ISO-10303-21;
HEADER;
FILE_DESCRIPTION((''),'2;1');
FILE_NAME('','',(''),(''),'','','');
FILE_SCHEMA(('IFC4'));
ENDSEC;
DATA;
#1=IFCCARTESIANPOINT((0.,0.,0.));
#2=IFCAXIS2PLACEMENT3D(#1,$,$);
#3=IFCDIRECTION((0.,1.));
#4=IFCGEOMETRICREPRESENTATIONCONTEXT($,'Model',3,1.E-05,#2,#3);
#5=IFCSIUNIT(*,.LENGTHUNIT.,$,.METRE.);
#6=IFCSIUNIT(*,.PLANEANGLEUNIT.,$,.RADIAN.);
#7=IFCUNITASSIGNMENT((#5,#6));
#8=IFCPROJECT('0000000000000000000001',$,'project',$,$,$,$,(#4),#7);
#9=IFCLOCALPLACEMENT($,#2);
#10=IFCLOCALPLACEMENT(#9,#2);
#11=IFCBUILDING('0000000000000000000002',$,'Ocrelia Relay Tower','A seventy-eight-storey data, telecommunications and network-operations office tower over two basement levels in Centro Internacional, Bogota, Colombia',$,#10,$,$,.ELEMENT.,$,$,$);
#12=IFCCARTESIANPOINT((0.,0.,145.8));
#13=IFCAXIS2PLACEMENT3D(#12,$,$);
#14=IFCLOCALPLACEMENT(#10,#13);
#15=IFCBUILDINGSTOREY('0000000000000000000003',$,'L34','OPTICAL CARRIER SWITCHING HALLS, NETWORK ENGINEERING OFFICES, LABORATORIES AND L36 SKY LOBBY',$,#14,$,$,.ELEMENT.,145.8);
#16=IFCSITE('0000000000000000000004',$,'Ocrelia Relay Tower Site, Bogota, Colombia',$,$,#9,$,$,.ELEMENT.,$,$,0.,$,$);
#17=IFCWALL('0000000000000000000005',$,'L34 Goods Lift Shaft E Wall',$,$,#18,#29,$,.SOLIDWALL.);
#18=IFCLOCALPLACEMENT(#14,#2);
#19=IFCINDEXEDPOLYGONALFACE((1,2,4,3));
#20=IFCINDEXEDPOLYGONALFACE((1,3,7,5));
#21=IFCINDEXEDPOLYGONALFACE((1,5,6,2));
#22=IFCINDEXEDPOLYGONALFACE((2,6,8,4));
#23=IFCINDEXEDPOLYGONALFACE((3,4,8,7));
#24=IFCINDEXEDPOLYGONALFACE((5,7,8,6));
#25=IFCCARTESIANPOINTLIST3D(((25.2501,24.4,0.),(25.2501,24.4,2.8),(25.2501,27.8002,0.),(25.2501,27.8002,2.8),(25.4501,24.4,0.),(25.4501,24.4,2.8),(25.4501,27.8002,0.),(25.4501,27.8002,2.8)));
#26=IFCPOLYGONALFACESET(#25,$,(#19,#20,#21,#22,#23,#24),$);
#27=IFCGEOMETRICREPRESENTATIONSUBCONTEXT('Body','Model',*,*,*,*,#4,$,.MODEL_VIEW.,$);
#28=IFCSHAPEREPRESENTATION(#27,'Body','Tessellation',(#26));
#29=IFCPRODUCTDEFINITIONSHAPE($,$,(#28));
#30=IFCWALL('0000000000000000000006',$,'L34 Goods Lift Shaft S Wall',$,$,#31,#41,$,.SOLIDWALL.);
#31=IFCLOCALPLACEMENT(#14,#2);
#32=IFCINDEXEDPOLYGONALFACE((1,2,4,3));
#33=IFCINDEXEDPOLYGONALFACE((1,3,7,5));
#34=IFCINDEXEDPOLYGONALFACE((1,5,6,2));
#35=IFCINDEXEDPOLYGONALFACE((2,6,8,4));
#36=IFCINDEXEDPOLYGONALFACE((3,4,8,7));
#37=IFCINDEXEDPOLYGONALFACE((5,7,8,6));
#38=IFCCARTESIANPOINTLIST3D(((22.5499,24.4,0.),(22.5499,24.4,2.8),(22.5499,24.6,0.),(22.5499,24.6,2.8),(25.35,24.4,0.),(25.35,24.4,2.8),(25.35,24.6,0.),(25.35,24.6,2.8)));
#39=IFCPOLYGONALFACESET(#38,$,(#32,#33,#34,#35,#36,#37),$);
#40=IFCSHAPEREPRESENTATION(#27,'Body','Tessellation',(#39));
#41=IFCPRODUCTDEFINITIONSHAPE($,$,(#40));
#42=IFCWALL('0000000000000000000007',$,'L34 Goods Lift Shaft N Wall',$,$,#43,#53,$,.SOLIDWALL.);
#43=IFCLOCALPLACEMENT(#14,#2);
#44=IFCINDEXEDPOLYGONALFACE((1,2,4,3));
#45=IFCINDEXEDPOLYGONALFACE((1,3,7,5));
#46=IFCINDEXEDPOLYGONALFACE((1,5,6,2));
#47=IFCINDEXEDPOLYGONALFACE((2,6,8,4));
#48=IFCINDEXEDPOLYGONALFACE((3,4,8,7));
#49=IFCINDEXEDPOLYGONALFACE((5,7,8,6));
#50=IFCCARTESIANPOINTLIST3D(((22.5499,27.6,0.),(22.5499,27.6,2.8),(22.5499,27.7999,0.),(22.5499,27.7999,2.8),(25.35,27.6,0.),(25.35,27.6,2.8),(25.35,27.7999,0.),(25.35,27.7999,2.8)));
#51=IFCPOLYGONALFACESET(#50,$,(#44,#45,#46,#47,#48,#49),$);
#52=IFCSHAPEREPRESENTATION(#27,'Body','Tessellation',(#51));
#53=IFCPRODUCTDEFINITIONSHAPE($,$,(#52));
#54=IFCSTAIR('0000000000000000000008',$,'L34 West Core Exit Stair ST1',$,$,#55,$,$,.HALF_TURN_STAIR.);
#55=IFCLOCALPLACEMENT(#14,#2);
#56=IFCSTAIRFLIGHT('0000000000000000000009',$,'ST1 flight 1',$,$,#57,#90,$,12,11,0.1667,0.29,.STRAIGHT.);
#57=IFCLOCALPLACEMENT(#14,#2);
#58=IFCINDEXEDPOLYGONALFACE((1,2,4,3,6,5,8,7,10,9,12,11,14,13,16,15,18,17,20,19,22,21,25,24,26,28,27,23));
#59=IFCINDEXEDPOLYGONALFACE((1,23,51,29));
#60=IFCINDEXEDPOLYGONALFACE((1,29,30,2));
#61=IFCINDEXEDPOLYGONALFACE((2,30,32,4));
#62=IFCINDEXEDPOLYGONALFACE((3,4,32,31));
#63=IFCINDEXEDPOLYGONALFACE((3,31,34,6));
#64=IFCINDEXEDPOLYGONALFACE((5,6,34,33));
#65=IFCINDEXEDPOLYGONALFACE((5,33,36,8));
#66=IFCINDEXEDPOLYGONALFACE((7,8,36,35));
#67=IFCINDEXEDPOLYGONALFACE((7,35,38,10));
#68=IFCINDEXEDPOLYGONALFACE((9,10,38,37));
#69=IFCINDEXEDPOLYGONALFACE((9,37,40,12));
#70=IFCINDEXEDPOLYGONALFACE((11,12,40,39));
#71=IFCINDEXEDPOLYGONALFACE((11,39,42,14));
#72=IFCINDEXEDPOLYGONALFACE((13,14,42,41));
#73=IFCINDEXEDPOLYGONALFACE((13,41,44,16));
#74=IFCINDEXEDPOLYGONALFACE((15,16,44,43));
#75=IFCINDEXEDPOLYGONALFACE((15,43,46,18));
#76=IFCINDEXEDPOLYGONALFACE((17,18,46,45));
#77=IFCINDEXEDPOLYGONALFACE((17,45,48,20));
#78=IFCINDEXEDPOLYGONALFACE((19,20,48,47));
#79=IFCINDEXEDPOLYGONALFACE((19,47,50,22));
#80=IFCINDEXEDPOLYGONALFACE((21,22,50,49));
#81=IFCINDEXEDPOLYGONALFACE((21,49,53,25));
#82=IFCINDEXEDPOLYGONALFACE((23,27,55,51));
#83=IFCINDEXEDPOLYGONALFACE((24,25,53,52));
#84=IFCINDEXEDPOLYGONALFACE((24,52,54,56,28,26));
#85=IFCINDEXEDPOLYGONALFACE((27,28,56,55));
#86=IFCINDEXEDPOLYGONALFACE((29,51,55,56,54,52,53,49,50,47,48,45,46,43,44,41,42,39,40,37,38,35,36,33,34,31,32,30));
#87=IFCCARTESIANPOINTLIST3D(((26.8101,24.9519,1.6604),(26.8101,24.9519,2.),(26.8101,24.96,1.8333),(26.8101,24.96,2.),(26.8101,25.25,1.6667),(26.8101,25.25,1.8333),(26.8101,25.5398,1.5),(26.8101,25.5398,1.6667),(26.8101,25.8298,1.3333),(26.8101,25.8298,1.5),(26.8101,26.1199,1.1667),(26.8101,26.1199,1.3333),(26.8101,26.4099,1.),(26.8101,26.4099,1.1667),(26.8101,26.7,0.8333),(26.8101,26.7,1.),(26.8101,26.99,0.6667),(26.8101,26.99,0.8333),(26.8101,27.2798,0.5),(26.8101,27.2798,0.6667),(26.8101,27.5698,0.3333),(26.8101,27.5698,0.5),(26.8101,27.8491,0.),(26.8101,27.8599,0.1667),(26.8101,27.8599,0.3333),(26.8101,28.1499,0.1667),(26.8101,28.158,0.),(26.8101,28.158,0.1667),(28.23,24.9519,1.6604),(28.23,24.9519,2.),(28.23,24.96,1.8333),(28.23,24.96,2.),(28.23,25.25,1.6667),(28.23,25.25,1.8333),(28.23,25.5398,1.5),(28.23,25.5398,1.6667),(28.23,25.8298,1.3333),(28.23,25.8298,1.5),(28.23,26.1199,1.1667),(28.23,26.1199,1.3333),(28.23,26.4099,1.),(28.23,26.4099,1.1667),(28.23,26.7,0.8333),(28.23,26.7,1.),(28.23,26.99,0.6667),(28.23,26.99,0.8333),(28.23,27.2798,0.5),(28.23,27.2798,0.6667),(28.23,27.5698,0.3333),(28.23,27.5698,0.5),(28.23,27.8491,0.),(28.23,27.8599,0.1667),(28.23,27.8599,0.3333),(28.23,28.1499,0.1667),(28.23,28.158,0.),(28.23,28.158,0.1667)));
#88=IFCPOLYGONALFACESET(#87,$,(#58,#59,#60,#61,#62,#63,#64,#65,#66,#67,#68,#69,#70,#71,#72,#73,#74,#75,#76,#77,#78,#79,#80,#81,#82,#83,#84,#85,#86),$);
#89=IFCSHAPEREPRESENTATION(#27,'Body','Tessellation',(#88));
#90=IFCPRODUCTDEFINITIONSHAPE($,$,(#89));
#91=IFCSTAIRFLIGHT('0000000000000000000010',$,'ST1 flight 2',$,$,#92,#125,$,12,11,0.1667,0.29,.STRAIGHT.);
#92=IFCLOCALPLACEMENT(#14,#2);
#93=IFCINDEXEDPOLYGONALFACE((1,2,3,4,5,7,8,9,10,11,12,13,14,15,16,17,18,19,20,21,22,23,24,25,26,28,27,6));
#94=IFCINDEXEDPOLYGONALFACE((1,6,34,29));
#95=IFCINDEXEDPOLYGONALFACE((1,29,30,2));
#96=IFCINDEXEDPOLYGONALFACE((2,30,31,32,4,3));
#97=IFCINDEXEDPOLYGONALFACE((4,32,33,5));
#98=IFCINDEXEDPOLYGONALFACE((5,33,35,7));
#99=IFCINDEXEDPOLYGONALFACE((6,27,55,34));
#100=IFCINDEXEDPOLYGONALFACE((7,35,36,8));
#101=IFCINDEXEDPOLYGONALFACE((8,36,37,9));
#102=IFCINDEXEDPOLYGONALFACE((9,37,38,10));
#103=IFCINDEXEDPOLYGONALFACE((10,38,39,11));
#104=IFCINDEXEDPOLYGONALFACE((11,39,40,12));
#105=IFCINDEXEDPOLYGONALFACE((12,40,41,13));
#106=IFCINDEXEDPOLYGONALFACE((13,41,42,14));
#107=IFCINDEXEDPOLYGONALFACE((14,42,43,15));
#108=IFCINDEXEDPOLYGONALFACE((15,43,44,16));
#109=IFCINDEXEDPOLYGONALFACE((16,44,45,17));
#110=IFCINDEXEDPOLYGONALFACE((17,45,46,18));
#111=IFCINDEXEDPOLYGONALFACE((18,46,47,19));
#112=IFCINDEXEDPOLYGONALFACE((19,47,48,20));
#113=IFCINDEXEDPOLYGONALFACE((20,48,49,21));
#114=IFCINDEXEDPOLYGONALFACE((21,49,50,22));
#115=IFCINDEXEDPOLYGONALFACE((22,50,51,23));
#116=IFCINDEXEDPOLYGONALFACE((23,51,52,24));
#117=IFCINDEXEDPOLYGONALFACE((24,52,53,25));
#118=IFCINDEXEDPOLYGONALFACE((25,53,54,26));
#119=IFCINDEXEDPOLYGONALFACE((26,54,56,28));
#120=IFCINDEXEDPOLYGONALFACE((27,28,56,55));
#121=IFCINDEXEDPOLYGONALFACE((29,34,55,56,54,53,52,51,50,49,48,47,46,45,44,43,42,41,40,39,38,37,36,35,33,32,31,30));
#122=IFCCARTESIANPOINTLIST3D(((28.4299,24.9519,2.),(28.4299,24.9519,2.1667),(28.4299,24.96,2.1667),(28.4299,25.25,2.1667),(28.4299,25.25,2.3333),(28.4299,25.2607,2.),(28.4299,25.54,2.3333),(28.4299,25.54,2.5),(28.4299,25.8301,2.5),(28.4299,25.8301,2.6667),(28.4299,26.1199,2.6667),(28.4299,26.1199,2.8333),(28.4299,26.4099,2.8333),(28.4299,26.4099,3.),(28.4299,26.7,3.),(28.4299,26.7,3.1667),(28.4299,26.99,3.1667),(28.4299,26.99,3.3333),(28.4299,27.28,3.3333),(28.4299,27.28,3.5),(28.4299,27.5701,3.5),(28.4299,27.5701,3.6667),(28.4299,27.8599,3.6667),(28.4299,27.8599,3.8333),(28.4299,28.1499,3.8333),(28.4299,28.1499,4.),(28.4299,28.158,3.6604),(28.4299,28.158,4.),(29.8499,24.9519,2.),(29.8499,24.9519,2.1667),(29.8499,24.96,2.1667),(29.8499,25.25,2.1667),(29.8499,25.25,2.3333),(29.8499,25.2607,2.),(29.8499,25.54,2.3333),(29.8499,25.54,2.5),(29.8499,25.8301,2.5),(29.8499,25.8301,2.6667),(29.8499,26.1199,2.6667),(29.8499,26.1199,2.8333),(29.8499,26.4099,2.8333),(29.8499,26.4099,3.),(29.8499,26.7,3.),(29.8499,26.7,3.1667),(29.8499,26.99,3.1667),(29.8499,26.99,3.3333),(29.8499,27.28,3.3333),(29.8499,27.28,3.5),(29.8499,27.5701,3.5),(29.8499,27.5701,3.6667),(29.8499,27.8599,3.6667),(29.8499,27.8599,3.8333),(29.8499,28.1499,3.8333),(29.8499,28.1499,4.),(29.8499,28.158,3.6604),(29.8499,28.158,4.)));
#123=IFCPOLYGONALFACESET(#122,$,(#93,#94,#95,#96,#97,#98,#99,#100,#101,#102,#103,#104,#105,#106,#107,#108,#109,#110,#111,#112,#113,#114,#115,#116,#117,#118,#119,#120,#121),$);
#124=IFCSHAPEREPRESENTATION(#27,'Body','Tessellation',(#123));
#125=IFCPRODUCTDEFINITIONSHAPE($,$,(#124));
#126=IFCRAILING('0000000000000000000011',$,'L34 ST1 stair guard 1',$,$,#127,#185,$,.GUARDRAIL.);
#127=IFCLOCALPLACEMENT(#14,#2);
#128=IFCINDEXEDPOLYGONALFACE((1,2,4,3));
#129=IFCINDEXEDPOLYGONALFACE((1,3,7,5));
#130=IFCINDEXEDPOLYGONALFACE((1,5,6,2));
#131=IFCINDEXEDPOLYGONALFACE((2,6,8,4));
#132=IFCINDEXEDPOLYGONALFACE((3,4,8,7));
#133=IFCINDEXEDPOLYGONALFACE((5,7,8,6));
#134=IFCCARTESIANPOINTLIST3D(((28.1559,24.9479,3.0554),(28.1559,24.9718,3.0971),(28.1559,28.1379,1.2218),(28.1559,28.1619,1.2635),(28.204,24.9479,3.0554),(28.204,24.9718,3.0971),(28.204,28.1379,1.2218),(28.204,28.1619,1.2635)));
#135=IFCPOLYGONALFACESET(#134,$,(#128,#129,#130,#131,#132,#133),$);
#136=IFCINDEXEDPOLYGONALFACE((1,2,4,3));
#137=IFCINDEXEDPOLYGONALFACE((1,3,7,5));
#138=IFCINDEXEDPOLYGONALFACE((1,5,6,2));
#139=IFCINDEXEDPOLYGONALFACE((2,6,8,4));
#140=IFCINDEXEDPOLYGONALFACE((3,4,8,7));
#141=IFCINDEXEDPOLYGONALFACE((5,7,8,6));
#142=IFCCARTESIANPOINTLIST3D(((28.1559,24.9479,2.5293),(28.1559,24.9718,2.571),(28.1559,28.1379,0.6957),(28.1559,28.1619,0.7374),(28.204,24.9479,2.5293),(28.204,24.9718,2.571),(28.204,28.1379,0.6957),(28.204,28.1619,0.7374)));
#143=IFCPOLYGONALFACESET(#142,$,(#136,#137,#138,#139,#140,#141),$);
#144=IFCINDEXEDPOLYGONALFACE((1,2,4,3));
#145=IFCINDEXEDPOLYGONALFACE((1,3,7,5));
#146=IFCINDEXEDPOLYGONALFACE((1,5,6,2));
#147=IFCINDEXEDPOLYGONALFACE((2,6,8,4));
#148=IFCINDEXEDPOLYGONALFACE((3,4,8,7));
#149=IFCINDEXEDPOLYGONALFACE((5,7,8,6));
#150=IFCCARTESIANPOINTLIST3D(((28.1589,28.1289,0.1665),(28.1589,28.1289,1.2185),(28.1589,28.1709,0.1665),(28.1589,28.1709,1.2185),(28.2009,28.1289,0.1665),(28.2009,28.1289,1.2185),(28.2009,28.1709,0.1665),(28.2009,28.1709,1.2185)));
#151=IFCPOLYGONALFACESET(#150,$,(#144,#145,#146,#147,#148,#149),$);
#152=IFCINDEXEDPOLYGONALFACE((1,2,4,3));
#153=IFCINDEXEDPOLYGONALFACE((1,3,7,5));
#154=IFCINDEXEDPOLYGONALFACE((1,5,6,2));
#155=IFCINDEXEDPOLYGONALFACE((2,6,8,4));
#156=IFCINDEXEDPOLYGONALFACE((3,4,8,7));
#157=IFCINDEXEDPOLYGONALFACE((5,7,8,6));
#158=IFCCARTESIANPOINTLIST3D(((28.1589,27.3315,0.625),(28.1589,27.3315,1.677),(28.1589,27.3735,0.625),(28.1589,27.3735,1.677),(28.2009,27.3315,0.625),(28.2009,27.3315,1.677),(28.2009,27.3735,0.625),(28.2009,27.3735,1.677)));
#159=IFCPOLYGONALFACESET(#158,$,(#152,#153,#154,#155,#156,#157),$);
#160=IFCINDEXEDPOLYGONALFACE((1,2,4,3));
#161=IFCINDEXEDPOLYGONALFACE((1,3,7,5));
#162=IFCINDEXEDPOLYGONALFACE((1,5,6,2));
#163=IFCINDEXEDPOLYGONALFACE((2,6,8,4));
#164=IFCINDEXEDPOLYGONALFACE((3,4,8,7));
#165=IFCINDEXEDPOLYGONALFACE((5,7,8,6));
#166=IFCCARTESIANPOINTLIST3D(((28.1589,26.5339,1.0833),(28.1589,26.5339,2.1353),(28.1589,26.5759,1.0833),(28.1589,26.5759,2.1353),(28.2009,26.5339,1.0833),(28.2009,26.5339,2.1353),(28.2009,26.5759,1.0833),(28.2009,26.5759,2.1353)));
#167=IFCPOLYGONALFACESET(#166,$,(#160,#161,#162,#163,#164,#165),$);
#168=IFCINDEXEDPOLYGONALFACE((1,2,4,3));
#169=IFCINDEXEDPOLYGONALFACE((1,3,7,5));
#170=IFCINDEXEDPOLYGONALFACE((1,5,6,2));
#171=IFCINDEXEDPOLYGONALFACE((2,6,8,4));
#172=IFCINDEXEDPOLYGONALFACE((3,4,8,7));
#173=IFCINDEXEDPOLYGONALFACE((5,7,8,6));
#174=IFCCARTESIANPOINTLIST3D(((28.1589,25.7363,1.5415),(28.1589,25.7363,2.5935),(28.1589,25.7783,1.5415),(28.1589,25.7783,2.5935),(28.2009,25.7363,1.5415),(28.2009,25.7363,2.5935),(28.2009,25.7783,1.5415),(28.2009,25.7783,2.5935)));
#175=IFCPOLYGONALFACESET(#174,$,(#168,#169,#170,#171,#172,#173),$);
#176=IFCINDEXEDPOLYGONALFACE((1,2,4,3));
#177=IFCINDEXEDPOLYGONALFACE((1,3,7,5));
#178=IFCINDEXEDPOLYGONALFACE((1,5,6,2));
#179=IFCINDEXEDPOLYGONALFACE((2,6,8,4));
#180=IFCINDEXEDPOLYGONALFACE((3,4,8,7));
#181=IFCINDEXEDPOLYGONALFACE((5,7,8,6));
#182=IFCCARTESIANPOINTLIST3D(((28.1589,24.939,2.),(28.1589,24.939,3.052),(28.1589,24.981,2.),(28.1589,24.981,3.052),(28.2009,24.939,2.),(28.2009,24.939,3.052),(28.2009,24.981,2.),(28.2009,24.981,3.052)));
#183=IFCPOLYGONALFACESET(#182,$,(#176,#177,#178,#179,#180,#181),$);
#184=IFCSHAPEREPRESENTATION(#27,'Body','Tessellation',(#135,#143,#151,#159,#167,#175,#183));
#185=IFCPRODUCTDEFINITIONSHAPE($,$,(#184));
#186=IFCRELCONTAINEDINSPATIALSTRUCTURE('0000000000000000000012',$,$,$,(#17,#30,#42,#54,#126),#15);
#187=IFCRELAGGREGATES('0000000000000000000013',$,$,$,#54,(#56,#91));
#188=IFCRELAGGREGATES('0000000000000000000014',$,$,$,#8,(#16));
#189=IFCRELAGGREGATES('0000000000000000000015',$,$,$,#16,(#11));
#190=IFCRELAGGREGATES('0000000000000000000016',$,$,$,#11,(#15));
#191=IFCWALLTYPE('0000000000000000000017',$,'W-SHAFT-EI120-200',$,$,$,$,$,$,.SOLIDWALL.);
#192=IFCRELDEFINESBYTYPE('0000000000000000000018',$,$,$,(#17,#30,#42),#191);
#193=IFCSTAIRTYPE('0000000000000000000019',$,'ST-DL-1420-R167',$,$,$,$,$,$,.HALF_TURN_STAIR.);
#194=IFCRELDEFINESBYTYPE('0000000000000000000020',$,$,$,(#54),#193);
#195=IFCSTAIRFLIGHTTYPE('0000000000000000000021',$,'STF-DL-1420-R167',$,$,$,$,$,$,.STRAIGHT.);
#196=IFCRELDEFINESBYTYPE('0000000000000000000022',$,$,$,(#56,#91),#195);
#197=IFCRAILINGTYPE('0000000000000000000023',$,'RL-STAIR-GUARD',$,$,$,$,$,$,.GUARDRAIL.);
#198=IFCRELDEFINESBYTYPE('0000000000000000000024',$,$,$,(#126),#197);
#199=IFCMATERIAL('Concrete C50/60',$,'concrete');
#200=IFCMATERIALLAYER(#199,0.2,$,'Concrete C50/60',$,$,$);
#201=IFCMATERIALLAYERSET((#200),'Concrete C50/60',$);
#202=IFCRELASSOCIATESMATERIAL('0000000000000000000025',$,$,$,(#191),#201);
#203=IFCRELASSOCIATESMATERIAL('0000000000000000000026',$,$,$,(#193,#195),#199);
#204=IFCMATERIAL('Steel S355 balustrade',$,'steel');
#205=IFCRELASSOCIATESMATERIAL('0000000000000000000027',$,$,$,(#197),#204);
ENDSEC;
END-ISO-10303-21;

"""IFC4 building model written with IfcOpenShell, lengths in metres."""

from ifc_helpers import new_model, si_unit, direction, frame, frame_2d, origin, origin_2d, place, context, subcontext, project, spatial, polyline, rectangle, outline, extrude, material, layer, layer_set, type_object, element, aggregate, save


model = new_model("IFC4")

# Units and contexts
model_context = context("Model", 3, precision=1e-05, world=origin(), true_north=direction((0.0, 1.0)))
body_context = subcontext(model_context, "Body", "Model", "MODEL_VIEW")
ifc_project = project(units=[si_unit("LENGTHUNIT", "METRE"), si_unit("PLANEANGLEUNIT", "RADIAN")], contexts=[model_context])

# Site, building, storey
site_placement = place(None, origin())
site = spatial("IfcSite", under=ifc_project, at=site_placement, Name="Ocrelia Relay Tower Site, Bogota, Colombia", CompositionType="ELEMENT", RefElevation=0.0)
building_placement = place(site_placement, origin())
building = spatial("IfcBuilding", under=site, at=building_placement, Name="Ocrelia Relay Tower", Description="A seventy-eight-storey data, telecommunications and network-operations office tower over two basement levels in Centro Internacional, Bogota, Colombia", CompositionType="ELEMENT")
storey_placement = place(building_placement, frame((0.0, 0.0, 145.8)))
storey = spatial("IfcBuildingStorey", under=building, at=storey_placement, Name="L34", Description="OPTICAL CARRIER SWITCHING HALLS, NETWORK ENGINEERING OFFICES, LABORATORIES AND L36 SKY LOBBY", CompositionType="ELEMENT", Elevation=145.8)

# Shared definitions
ifc_material_1 = material(Name="Concrete C50/60", Category="concrete")

# Shared definitions
ifc_layer_1 = layer(ifc_material_1, 0.2, Name="Concrete C50/60")
ifc_layer_set_1 = layer_set([ifc_layer_1], Name="Concrete C50/60")
wall_type_1 = type_object("IfcWallType", Name="W-SHAFT-EI120-200", PredefinedType="SOLIDWALL", material=ifc_layer_set_1)

# Walls
wall_1_placement = place(storey_placement, frame((25.3501, 24.3999, 0.0), z_axis=(0.0, 0.0, 1.0), x_axis=(0.0, 1.0, 0.0)))
element("IfcWall", 1, at=wall_1_placement, inside=storey, type_object=wall_type_1, Name="L34 Goods Lift Shaft E Wall", PredefinedType="SOLIDWALL", context=body_context, shape_type="SweptSolid", body=[
    extrude(rectangle(XDim=3.4001, YDim=0.2, at=frame_2d((1.7002, 0.0))), origin(), (0.0, 0.0, 1.0), 2.8),
])
for number, where, z_axis, x_axis, name in (
    (2, (22.55, 24.5, 0.0), (0.0, 0.0, 1.0), (1.0, 0.0, 0.0), "L34 Goods Lift Shaft S Wall"),
    (3, (22.55, 27.7, 0.0), (0.0, 0.0, 1.0), (1.0, 0.0, 0.0), "L34 Goods Lift Shaft N Wall"),
):
    element("IfcWall", number, at=place(storey_placement, frame(where, z_axis=z_axis, x_axis=x_axis)), inside=storey, type_object=wall_type_1, Name=name, PredefinedType="SOLIDWALL", context=body_context, shape_type="SweptSolid", body=[
        extrude(rectangle(XDim=2.8, YDim=0.2, at=frame_2d((1.3999, 0.0))), origin(), (0.0, 0.0, 1.0), 2.8),
    ])

# Stair, stair flights
stair_type = type_object("IfcStairType", Name="ST-DL-1420-R167", PredefinedType="HALF_TURN_STAIR", material=ifc_material_1)
stair_placement = place(storey_placement, origin())
stair = element("IfcStair", 4, at=stair_placement, inside=storey, type_object=stair_type, Name="L34 West Core Exit Stair ST1", PredefinedType="HALF_TURN_STAIR")
stair_flight_type = type_object("IfcStairFlightType", Name="STF-DL-1420-R167", PredefinedType="STRAIGHT", material=ifc_material_1)
stair_flight_1_placement = place(storey_placement, frame((27.52, 28.1499, 0.0), z_axis=(0.0, 0.0, 1.0), x_axis=(0.0, -1.0, 0.0)))
stair_flight_1 = element("IfcStairFlight", 5, at=stair_flight_1_placement, type_object=stair_flight_type, Name="ST1 flight 1", NumberOfRisers=12, NumberOfTreads=11, PredefinedType="STRAIGHT", RiserHeight=0.1667, TreadLength=0.29, context=body_context, shape_type="SweptSolid", body=[
    extrude(outline(polyline([(-0.0081, 0.0), (-0.0081, 0.1667), (0.0, 0.1667), (0.29, 0.1667), (0.29, 0.3333), (0.5801, 0.3333), (0.5801, 0.5), (0.8701, 0.5), (0.8701, 0.6667), (1.1599, 0.6667), (1.1599, 0.8333), (1.45, 0.8333), (1.45, 1.0), (1.74, 1.0), (1.74, 1.1667), (2.03, 1.1667), (2.03, 1.3333), (2.3201, 1.3333), (2.3201, 1.5), (2.6101, 1.5), (2.6101, 1.6667), (2.8999, 1.6667), (2.8999, 1.8333), (3.1899, 1.8333), (3.1899, 2.0), (3.198, 2.0), (3.198, 1.6604), (0.3008, 0.0), (-0.0081, 0.0)])), frame((0.0, 0.71, 0.0), z_axis=(0.0, -1.0, 0.0), x_axis=(1.0, 0.0, 0.0)), (0.0, 0.0, 1.0), 1.4199),
])
stair_flight_2_placement = place(storey_placement, frame((29.1399, 24.96, 2.0), z_axis=(0.0, 0.0, 1.0), x_axis=(0.0, 1.0, 0.0)))
stair_flight_2 = element("IfcStairFlight", 6, at=stair_flight_2_placement, type_object=stair_flight_type, Name="ST1 flight 2", NumberOfRisers=12, NumberOfTreads=11, PredefinedType="STRAIGHT", RiserHeight=0.1667, TreadLength=0.29, context=body_context, shape_type="SweptSolid", body=[
    extrude(outline(polyline([(-0.0081, 0.0), (-0.0081, 0.1667), (0.0, 0.1667), (0.29, 0.1667), (0.29, 0.3333), (0.5801, 0.3333), (0.5801, 0.5), (0.8701, 0.5), (0.8701, 0.6667), (1.1599, 0.6667), (1.1599, 0.8333), (1.45, 0.8333), (1.45, 1.0), (1.74, 1.0), (1.74, 1.1667), (2.03, 1.1667), (2.03, 1.3333), (2.3201, 1.3333), (2.3201, 1.5), (2.6101, 1.5), (2.6101, 1.6667), (2.8999, 1.6667), (2.8999, 1.8333), (3.1899, 1.8333), (3.1899, 2.0), (3.198, 2.0), (3.198, 1.6604), (0.3008, 0.0), (-0.0081, 0.0)])), frame((0.0, 0.71, 0.0), z_axis=(0.0, -1.0, 0.0), x_axis=(1.0, 0.0, 0.0)), (0.0, 0.0, 1.0), 1.4199),
])
aggregate(stair, [stair_flight_1, stair_flight_2])

# Railing
ifc_material_2 = material(Name="Steel S355 balustrade", Category="steel")
railing_type_1 = type_object("IfcRailingType", Name="RL-STAIR-GUARD", PredefinedType="GUARDRAIL", material=ifc_material_2)
railing_1_placement = place(storey_placement, frame((28.1799, 28.1499, 0.1665)))
element("IfcRailing", 7, at=railing_1_placement, inside=storey, type_object=railing_type_1, Name="L34 ST1 stair guard 1", PredefinedType="GUARDRAIL", context=body_context, shape_type="SweptSolid", body=[
    extrude(rectangle(XDim=0.0481, YDim=0.0481, at=origin_2d()), frame((0.0, 0.0, 1.0762), z_axis=(0.0, -0.866991, 0.498324), x_axis=(1.0, 0.0, 0.0)), (0.0, 0.0, 1.0), 3.6794),
    extrude(rectangle(XDim=0.0481, YDim=0.0481, at=origin_2d()), frame((0.0, 0.0, 0.55), z_axis=(0.0, -0.866991, 0.498324), x_axis=(1.0, 0.0, 0.0)), (0.0, 0.0, 1.0), 3.6794),
    extrude(rectangle(XDim=0.042, YDim=0.042, at=origin_2d()), origin(), (0.0, 0.0, 1.0), 1.052),
    extrude(rectangle(XDim=0.042, YDim=0.042, at=origin_2d()), frame((0.0, -0.7974, 0.4585)), (0.0, 0.0, 1.0), 1.052),
    extrude(rectangle(XDim=0.042, YDim=0.042, at=origin_2d()), frame((0.0, -1.595, 0.9167)), (0.0, 0.0, 1.0), 1.052),
    extrude(rectangle(XDim=0.042, YDim=0.042, at=origin_2d()), frame((0.0, -2.3926, 1.375)), (0.0, 0.0, 1.0), 1.052),
    extrude(rectangle(XDim=0.042, YDim=0.042, at=origin_2d()), frame((0.0, -3.1899, 1.8335)), (0.0, 0.0, 1.0), 1.052),
])

save(model, "model.ifc")
